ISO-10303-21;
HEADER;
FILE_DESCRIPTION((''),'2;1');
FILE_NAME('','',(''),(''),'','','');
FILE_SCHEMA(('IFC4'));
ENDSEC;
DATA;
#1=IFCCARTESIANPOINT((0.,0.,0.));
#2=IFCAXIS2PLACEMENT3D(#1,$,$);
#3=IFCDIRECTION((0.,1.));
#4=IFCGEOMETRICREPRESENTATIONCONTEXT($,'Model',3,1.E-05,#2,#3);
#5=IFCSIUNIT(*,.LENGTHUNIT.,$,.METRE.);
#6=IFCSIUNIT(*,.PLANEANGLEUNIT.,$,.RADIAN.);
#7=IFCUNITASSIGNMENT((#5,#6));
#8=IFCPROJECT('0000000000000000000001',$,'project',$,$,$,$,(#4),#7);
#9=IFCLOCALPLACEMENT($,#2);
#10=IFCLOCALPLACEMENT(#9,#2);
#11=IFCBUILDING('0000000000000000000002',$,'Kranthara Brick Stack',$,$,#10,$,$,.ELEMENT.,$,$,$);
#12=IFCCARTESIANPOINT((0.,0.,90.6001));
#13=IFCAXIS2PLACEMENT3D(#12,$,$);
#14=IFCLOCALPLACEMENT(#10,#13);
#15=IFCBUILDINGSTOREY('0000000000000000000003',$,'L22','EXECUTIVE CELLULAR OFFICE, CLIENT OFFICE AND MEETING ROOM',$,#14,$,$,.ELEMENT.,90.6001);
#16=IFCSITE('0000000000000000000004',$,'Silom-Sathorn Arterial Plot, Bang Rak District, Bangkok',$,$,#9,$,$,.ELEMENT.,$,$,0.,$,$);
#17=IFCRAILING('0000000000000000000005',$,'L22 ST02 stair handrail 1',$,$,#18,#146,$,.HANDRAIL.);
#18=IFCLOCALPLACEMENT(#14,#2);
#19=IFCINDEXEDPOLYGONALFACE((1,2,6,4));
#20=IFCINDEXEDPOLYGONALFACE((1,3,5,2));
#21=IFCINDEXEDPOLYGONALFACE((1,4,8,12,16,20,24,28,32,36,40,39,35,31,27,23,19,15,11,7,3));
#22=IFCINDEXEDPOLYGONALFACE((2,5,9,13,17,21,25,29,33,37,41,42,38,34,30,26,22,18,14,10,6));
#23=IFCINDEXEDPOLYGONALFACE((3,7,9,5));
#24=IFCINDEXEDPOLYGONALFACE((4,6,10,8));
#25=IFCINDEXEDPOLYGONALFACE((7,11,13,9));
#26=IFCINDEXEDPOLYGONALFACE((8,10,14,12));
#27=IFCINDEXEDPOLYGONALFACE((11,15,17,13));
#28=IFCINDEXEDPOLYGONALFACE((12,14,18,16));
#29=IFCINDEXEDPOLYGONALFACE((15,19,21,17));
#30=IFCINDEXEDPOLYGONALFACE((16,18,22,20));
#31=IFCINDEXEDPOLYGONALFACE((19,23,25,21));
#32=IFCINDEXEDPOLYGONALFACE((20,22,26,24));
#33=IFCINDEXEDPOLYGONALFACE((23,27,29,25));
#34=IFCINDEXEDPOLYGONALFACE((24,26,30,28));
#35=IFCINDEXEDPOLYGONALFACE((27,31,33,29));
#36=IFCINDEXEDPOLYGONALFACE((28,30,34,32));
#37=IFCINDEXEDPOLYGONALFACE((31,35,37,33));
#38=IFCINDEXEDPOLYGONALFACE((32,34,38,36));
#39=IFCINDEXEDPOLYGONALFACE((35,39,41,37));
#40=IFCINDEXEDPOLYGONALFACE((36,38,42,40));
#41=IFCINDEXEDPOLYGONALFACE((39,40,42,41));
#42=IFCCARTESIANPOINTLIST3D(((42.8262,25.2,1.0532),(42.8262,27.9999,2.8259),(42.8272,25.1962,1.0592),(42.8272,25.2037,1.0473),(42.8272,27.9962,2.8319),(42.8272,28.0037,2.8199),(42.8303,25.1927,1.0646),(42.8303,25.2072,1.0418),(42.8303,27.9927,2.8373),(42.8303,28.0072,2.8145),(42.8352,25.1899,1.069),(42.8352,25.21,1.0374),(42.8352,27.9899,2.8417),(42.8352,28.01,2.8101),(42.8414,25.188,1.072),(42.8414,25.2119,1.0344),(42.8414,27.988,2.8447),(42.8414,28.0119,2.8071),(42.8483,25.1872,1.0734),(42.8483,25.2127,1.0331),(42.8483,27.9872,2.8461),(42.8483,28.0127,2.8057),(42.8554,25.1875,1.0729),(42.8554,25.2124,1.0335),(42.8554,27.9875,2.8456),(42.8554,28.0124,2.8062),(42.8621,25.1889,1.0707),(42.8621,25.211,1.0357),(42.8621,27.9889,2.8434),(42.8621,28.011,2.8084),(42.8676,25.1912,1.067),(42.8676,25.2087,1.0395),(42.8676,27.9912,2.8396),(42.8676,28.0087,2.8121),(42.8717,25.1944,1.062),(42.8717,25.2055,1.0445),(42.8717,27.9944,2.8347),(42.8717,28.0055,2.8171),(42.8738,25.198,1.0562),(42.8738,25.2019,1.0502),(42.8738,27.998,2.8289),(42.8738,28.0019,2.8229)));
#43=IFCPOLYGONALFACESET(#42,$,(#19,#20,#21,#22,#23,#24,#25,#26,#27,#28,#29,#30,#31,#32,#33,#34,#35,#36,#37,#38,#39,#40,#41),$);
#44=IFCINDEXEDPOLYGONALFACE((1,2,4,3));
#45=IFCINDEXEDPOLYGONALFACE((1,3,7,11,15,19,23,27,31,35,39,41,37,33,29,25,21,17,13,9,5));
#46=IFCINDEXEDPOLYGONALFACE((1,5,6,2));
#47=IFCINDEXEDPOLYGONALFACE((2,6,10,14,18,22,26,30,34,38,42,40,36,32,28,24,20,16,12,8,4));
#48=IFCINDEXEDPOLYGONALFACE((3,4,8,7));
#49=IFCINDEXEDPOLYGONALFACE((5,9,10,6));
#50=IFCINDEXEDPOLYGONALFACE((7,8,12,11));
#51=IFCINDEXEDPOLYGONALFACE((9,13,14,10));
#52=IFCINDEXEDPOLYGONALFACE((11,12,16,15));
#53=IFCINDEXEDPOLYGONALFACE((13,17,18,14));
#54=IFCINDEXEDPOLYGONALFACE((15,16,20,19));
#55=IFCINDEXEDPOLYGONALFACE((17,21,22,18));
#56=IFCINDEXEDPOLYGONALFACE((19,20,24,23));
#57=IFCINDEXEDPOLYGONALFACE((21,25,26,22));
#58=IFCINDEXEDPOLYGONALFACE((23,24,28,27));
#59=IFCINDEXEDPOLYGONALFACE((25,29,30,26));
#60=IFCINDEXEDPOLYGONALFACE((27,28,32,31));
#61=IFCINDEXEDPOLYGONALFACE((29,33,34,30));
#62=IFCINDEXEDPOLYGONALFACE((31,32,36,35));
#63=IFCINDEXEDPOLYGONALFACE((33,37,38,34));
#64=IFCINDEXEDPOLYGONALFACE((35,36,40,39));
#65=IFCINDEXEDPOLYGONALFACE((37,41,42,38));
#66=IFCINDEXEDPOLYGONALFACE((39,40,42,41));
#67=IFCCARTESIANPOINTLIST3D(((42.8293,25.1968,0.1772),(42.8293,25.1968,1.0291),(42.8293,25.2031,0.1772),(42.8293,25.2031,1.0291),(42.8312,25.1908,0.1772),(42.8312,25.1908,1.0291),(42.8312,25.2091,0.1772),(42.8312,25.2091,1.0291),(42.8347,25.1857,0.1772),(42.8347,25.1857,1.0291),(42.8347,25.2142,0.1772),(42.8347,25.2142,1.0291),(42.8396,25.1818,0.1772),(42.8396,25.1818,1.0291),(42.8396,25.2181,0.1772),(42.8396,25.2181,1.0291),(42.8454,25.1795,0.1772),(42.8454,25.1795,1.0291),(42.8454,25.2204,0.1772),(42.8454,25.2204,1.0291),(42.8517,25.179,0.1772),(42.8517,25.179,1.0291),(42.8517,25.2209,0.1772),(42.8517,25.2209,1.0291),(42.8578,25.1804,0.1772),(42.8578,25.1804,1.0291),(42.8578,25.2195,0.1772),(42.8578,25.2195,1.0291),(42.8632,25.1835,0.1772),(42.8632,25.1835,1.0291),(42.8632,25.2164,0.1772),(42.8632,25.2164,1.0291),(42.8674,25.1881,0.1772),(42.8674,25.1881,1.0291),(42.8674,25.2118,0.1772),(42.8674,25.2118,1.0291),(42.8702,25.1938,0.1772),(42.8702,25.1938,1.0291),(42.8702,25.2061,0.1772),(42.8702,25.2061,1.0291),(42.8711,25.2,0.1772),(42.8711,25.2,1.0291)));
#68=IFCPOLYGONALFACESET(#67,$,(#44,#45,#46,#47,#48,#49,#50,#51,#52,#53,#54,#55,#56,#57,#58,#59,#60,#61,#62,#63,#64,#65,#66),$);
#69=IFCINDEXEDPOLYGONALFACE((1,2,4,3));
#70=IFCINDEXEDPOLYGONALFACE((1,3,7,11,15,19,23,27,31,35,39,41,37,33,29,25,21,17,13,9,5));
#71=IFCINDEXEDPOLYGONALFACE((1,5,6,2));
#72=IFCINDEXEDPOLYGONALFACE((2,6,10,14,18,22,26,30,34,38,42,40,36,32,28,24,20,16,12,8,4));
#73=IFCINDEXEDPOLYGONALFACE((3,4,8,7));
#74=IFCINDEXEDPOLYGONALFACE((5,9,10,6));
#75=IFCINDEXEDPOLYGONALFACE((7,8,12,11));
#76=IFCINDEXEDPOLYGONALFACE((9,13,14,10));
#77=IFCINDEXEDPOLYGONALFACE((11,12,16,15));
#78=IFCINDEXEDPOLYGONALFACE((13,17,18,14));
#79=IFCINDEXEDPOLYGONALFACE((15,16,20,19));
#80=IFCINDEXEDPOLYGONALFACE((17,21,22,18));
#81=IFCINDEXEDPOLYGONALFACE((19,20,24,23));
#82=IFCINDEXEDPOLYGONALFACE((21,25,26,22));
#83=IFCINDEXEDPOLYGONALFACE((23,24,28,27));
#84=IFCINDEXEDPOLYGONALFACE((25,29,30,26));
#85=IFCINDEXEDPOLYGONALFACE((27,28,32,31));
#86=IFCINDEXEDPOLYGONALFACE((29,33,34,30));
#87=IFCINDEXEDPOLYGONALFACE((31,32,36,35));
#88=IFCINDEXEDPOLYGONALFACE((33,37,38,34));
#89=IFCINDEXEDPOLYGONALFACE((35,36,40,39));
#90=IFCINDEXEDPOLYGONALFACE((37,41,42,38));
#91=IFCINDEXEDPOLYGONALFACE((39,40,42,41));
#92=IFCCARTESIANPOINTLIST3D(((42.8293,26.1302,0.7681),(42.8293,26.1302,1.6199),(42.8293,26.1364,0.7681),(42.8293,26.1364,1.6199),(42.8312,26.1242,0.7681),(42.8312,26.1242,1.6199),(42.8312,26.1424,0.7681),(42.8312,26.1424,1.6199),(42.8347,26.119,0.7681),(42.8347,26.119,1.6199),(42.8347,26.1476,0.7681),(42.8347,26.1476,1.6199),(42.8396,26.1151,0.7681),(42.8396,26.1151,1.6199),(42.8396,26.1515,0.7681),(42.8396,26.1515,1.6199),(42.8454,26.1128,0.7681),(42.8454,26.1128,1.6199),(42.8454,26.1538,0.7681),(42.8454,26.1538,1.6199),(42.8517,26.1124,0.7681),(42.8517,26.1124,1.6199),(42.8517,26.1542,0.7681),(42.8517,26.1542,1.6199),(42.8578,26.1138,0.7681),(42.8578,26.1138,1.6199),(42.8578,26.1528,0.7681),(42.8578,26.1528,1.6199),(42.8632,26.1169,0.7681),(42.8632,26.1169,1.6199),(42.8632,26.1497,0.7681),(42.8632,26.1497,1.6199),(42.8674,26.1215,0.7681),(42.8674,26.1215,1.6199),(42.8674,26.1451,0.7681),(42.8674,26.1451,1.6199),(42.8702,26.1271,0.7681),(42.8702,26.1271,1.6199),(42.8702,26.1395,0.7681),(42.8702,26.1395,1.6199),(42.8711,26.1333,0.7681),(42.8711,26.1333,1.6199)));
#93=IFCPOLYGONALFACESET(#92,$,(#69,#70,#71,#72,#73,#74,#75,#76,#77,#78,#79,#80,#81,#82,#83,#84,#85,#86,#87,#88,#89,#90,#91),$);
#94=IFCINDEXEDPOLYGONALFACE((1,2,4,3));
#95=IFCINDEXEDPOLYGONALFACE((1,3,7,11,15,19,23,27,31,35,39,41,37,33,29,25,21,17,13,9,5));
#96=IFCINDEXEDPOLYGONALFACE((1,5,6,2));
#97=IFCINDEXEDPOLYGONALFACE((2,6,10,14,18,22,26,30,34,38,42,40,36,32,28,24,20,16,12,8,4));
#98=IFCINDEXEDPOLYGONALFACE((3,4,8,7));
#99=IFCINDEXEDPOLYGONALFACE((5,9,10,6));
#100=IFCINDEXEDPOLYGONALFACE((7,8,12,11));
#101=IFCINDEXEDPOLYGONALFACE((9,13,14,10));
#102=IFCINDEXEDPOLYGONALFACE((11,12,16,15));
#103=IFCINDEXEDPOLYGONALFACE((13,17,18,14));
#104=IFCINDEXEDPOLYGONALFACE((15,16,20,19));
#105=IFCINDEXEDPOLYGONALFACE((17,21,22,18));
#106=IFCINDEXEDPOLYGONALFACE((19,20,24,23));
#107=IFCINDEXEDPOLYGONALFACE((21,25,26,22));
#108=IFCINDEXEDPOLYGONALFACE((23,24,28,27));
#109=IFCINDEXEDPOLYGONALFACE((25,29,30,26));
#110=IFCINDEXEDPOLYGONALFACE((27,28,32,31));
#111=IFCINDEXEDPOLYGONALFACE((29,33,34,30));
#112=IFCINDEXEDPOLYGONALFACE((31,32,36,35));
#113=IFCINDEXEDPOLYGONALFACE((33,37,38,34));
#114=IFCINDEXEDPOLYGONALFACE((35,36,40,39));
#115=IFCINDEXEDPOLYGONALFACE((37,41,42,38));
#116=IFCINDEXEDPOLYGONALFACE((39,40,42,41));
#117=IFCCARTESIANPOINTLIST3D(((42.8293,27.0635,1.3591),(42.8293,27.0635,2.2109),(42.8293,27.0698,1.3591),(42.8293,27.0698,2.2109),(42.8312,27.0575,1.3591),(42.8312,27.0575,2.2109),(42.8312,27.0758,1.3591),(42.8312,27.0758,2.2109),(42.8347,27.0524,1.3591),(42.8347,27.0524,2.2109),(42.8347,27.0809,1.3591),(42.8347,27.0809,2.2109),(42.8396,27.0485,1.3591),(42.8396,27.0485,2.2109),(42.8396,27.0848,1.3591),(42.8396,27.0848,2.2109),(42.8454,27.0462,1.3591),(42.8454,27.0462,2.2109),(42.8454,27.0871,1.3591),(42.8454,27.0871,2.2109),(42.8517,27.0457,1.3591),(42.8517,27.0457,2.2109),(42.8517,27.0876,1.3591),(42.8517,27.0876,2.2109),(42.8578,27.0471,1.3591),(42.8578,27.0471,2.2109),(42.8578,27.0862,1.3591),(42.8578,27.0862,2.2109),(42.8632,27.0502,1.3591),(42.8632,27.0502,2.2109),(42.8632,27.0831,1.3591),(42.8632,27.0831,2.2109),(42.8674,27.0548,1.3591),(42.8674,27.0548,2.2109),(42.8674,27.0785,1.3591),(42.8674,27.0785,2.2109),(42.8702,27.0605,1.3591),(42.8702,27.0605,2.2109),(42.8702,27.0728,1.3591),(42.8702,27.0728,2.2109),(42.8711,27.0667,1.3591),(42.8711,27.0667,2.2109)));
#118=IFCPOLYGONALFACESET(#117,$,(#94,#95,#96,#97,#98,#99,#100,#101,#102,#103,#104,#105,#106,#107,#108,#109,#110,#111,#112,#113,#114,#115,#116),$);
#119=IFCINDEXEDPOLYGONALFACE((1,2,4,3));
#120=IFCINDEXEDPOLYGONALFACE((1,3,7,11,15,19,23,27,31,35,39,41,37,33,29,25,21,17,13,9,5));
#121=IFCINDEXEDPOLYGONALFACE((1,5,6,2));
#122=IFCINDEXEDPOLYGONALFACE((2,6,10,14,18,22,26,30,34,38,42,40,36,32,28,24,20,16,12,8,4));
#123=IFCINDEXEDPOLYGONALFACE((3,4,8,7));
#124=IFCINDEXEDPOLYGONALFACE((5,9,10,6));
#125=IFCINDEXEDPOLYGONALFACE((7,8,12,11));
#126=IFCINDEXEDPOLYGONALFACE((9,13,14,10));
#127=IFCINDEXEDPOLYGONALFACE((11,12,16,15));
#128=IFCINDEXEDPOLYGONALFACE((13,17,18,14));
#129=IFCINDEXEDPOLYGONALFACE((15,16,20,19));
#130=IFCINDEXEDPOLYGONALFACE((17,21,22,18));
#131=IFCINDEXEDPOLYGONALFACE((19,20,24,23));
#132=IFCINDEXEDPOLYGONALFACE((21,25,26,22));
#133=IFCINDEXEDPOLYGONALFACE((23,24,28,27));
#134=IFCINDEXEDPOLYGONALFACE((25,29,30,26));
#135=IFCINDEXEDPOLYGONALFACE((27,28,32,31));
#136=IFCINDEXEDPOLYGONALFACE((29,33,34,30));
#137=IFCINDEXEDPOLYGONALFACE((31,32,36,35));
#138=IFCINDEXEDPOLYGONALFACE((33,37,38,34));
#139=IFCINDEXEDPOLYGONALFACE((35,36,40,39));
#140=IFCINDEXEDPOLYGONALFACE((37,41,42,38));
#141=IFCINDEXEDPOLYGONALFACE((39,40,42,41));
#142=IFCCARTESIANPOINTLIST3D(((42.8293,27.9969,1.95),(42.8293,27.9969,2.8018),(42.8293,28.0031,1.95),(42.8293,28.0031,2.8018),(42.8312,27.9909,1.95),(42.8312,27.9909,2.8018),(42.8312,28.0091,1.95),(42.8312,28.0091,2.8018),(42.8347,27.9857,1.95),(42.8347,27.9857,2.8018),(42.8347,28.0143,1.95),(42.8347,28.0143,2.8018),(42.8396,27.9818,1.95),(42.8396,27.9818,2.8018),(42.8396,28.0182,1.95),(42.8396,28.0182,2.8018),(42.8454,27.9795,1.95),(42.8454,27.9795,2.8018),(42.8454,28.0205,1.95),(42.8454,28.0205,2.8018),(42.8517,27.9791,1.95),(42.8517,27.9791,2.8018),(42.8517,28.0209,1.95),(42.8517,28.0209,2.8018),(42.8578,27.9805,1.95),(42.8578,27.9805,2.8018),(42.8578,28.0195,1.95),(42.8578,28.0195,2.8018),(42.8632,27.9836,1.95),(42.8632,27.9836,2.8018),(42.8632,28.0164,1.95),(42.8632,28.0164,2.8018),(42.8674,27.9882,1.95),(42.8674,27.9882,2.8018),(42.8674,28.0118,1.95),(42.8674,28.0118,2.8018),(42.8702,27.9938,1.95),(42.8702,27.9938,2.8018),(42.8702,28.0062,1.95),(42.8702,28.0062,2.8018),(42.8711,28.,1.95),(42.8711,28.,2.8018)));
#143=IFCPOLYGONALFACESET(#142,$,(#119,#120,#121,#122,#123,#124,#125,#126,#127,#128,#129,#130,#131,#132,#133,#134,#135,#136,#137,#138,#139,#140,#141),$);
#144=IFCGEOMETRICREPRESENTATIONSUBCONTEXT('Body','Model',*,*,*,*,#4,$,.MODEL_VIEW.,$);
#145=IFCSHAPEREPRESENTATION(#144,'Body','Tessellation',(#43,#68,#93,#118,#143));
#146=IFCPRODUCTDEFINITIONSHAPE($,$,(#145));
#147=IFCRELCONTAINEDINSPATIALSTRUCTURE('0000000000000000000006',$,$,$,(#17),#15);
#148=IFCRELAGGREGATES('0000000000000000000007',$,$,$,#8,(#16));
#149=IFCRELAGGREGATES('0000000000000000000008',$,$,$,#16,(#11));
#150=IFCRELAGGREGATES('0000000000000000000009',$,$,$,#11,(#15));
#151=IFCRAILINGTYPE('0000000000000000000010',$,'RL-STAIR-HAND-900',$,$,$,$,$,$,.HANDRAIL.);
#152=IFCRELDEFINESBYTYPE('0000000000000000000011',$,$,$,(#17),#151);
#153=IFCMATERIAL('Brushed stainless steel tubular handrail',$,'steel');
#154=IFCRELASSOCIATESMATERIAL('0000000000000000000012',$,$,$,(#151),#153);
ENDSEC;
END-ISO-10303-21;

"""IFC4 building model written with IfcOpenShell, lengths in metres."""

from ifc_helpers import new_model, si_unit, direction, frame, origin, origin_2d, place, context, subcontext, project, spatial, circle, extrude, material, type_object, element, save


model = new_model("IFC4")

# Units and contexts
model_context = context("Model", 3, precision=1e-05, world=origin(), true_north=direction((0.0, 1.0)))
body_context = subcontext(model_context, "Body", "Model", "MODEL_VIEW")
ifc_project = project(units=[si_unit("LENGTHUNIT", "METRE"), si_unit("PLANEANGLEUNIT", "RADIAN")], contexts=[model_context])

# Site, building, storey
site_placement = place(None, origin())
site = spatial("IfcSite", under=ifc_project, at=site_placement, Name="Silom-Sathorn Arterial Plot, Bang Rak District, Bangkok", CompositionType="ELEMENT", RefElevation=0.0)
building_placement = place(site_placement, origin())
building = spatial("IfcBuilding", under=site, at=building_placement, Name="Kranthara Brick Stack", CompositionType="ELEMENT")
storey_placement = place(building_placement, frame((0.0, 0.0, 90.6001)))
storey = spatial("IfcBuildingStorey", under=building, at=storey_placement, Name="L22", Description="EXECUTIVE CELLULAR OFFICE, CLIENT OFFICE AND MEETING ROOM", CompositionType="ELEMENT", Elevation=90.6001)

# Railing
ifc_material_1 = material(Name="Brushed stainless steel tubular handrail", Category="steel")
railing_type_1 = type_object("IfcRailingType", Name="RL-STAIR-HAND-900", PredefinedType="HANDRAIL", material=ifc_material_1)
railing_1_placement = place(storey_placement, frame((42.8501, 25.2, 0.1772)))
element("IfcRailing", 1, at=railing_1_placement, inside=storey, type_object=railing_type_1, Name="L22 ST02 stair handrail 1", PredefinedType="HANDRAIL", context=body_context, shape_type="SweptSolid", body=[
    extrude(circle(Radius=0.0239, at=origin_2d()), frame((0.0, 0.0, 0.876), z_axis=(0.0, 0.844909, 0.53491), x_axis=(-1.0, 0.0, 0.0)), (0.0, 0.0, 1.0), 3.314),
    extrude(circle(Radius=0.021, at=origin_2d()), origin(), (0.0, 0.0, 1.0), 0.8518),
    extrude(circle(Radius=0.021, at=origin_2d()), frame((0.0, 0.9333, 0.5908)), (0.0, 0.0, 1.0), 0.8518),
    extrude(circle(Radius=0.021, at=origin_2d()), frame((0.0, 1.8667, 1.1819)), (0.0, 0.0, 1.0), 0.8518),
    extrude(circle(Radius=0.021, at=origin_2d()), frame((0.0, 2.8, 1.7727)), (0.0, 0.0, 1.0), 0.8518),
])

save(model, "model.ifc")
